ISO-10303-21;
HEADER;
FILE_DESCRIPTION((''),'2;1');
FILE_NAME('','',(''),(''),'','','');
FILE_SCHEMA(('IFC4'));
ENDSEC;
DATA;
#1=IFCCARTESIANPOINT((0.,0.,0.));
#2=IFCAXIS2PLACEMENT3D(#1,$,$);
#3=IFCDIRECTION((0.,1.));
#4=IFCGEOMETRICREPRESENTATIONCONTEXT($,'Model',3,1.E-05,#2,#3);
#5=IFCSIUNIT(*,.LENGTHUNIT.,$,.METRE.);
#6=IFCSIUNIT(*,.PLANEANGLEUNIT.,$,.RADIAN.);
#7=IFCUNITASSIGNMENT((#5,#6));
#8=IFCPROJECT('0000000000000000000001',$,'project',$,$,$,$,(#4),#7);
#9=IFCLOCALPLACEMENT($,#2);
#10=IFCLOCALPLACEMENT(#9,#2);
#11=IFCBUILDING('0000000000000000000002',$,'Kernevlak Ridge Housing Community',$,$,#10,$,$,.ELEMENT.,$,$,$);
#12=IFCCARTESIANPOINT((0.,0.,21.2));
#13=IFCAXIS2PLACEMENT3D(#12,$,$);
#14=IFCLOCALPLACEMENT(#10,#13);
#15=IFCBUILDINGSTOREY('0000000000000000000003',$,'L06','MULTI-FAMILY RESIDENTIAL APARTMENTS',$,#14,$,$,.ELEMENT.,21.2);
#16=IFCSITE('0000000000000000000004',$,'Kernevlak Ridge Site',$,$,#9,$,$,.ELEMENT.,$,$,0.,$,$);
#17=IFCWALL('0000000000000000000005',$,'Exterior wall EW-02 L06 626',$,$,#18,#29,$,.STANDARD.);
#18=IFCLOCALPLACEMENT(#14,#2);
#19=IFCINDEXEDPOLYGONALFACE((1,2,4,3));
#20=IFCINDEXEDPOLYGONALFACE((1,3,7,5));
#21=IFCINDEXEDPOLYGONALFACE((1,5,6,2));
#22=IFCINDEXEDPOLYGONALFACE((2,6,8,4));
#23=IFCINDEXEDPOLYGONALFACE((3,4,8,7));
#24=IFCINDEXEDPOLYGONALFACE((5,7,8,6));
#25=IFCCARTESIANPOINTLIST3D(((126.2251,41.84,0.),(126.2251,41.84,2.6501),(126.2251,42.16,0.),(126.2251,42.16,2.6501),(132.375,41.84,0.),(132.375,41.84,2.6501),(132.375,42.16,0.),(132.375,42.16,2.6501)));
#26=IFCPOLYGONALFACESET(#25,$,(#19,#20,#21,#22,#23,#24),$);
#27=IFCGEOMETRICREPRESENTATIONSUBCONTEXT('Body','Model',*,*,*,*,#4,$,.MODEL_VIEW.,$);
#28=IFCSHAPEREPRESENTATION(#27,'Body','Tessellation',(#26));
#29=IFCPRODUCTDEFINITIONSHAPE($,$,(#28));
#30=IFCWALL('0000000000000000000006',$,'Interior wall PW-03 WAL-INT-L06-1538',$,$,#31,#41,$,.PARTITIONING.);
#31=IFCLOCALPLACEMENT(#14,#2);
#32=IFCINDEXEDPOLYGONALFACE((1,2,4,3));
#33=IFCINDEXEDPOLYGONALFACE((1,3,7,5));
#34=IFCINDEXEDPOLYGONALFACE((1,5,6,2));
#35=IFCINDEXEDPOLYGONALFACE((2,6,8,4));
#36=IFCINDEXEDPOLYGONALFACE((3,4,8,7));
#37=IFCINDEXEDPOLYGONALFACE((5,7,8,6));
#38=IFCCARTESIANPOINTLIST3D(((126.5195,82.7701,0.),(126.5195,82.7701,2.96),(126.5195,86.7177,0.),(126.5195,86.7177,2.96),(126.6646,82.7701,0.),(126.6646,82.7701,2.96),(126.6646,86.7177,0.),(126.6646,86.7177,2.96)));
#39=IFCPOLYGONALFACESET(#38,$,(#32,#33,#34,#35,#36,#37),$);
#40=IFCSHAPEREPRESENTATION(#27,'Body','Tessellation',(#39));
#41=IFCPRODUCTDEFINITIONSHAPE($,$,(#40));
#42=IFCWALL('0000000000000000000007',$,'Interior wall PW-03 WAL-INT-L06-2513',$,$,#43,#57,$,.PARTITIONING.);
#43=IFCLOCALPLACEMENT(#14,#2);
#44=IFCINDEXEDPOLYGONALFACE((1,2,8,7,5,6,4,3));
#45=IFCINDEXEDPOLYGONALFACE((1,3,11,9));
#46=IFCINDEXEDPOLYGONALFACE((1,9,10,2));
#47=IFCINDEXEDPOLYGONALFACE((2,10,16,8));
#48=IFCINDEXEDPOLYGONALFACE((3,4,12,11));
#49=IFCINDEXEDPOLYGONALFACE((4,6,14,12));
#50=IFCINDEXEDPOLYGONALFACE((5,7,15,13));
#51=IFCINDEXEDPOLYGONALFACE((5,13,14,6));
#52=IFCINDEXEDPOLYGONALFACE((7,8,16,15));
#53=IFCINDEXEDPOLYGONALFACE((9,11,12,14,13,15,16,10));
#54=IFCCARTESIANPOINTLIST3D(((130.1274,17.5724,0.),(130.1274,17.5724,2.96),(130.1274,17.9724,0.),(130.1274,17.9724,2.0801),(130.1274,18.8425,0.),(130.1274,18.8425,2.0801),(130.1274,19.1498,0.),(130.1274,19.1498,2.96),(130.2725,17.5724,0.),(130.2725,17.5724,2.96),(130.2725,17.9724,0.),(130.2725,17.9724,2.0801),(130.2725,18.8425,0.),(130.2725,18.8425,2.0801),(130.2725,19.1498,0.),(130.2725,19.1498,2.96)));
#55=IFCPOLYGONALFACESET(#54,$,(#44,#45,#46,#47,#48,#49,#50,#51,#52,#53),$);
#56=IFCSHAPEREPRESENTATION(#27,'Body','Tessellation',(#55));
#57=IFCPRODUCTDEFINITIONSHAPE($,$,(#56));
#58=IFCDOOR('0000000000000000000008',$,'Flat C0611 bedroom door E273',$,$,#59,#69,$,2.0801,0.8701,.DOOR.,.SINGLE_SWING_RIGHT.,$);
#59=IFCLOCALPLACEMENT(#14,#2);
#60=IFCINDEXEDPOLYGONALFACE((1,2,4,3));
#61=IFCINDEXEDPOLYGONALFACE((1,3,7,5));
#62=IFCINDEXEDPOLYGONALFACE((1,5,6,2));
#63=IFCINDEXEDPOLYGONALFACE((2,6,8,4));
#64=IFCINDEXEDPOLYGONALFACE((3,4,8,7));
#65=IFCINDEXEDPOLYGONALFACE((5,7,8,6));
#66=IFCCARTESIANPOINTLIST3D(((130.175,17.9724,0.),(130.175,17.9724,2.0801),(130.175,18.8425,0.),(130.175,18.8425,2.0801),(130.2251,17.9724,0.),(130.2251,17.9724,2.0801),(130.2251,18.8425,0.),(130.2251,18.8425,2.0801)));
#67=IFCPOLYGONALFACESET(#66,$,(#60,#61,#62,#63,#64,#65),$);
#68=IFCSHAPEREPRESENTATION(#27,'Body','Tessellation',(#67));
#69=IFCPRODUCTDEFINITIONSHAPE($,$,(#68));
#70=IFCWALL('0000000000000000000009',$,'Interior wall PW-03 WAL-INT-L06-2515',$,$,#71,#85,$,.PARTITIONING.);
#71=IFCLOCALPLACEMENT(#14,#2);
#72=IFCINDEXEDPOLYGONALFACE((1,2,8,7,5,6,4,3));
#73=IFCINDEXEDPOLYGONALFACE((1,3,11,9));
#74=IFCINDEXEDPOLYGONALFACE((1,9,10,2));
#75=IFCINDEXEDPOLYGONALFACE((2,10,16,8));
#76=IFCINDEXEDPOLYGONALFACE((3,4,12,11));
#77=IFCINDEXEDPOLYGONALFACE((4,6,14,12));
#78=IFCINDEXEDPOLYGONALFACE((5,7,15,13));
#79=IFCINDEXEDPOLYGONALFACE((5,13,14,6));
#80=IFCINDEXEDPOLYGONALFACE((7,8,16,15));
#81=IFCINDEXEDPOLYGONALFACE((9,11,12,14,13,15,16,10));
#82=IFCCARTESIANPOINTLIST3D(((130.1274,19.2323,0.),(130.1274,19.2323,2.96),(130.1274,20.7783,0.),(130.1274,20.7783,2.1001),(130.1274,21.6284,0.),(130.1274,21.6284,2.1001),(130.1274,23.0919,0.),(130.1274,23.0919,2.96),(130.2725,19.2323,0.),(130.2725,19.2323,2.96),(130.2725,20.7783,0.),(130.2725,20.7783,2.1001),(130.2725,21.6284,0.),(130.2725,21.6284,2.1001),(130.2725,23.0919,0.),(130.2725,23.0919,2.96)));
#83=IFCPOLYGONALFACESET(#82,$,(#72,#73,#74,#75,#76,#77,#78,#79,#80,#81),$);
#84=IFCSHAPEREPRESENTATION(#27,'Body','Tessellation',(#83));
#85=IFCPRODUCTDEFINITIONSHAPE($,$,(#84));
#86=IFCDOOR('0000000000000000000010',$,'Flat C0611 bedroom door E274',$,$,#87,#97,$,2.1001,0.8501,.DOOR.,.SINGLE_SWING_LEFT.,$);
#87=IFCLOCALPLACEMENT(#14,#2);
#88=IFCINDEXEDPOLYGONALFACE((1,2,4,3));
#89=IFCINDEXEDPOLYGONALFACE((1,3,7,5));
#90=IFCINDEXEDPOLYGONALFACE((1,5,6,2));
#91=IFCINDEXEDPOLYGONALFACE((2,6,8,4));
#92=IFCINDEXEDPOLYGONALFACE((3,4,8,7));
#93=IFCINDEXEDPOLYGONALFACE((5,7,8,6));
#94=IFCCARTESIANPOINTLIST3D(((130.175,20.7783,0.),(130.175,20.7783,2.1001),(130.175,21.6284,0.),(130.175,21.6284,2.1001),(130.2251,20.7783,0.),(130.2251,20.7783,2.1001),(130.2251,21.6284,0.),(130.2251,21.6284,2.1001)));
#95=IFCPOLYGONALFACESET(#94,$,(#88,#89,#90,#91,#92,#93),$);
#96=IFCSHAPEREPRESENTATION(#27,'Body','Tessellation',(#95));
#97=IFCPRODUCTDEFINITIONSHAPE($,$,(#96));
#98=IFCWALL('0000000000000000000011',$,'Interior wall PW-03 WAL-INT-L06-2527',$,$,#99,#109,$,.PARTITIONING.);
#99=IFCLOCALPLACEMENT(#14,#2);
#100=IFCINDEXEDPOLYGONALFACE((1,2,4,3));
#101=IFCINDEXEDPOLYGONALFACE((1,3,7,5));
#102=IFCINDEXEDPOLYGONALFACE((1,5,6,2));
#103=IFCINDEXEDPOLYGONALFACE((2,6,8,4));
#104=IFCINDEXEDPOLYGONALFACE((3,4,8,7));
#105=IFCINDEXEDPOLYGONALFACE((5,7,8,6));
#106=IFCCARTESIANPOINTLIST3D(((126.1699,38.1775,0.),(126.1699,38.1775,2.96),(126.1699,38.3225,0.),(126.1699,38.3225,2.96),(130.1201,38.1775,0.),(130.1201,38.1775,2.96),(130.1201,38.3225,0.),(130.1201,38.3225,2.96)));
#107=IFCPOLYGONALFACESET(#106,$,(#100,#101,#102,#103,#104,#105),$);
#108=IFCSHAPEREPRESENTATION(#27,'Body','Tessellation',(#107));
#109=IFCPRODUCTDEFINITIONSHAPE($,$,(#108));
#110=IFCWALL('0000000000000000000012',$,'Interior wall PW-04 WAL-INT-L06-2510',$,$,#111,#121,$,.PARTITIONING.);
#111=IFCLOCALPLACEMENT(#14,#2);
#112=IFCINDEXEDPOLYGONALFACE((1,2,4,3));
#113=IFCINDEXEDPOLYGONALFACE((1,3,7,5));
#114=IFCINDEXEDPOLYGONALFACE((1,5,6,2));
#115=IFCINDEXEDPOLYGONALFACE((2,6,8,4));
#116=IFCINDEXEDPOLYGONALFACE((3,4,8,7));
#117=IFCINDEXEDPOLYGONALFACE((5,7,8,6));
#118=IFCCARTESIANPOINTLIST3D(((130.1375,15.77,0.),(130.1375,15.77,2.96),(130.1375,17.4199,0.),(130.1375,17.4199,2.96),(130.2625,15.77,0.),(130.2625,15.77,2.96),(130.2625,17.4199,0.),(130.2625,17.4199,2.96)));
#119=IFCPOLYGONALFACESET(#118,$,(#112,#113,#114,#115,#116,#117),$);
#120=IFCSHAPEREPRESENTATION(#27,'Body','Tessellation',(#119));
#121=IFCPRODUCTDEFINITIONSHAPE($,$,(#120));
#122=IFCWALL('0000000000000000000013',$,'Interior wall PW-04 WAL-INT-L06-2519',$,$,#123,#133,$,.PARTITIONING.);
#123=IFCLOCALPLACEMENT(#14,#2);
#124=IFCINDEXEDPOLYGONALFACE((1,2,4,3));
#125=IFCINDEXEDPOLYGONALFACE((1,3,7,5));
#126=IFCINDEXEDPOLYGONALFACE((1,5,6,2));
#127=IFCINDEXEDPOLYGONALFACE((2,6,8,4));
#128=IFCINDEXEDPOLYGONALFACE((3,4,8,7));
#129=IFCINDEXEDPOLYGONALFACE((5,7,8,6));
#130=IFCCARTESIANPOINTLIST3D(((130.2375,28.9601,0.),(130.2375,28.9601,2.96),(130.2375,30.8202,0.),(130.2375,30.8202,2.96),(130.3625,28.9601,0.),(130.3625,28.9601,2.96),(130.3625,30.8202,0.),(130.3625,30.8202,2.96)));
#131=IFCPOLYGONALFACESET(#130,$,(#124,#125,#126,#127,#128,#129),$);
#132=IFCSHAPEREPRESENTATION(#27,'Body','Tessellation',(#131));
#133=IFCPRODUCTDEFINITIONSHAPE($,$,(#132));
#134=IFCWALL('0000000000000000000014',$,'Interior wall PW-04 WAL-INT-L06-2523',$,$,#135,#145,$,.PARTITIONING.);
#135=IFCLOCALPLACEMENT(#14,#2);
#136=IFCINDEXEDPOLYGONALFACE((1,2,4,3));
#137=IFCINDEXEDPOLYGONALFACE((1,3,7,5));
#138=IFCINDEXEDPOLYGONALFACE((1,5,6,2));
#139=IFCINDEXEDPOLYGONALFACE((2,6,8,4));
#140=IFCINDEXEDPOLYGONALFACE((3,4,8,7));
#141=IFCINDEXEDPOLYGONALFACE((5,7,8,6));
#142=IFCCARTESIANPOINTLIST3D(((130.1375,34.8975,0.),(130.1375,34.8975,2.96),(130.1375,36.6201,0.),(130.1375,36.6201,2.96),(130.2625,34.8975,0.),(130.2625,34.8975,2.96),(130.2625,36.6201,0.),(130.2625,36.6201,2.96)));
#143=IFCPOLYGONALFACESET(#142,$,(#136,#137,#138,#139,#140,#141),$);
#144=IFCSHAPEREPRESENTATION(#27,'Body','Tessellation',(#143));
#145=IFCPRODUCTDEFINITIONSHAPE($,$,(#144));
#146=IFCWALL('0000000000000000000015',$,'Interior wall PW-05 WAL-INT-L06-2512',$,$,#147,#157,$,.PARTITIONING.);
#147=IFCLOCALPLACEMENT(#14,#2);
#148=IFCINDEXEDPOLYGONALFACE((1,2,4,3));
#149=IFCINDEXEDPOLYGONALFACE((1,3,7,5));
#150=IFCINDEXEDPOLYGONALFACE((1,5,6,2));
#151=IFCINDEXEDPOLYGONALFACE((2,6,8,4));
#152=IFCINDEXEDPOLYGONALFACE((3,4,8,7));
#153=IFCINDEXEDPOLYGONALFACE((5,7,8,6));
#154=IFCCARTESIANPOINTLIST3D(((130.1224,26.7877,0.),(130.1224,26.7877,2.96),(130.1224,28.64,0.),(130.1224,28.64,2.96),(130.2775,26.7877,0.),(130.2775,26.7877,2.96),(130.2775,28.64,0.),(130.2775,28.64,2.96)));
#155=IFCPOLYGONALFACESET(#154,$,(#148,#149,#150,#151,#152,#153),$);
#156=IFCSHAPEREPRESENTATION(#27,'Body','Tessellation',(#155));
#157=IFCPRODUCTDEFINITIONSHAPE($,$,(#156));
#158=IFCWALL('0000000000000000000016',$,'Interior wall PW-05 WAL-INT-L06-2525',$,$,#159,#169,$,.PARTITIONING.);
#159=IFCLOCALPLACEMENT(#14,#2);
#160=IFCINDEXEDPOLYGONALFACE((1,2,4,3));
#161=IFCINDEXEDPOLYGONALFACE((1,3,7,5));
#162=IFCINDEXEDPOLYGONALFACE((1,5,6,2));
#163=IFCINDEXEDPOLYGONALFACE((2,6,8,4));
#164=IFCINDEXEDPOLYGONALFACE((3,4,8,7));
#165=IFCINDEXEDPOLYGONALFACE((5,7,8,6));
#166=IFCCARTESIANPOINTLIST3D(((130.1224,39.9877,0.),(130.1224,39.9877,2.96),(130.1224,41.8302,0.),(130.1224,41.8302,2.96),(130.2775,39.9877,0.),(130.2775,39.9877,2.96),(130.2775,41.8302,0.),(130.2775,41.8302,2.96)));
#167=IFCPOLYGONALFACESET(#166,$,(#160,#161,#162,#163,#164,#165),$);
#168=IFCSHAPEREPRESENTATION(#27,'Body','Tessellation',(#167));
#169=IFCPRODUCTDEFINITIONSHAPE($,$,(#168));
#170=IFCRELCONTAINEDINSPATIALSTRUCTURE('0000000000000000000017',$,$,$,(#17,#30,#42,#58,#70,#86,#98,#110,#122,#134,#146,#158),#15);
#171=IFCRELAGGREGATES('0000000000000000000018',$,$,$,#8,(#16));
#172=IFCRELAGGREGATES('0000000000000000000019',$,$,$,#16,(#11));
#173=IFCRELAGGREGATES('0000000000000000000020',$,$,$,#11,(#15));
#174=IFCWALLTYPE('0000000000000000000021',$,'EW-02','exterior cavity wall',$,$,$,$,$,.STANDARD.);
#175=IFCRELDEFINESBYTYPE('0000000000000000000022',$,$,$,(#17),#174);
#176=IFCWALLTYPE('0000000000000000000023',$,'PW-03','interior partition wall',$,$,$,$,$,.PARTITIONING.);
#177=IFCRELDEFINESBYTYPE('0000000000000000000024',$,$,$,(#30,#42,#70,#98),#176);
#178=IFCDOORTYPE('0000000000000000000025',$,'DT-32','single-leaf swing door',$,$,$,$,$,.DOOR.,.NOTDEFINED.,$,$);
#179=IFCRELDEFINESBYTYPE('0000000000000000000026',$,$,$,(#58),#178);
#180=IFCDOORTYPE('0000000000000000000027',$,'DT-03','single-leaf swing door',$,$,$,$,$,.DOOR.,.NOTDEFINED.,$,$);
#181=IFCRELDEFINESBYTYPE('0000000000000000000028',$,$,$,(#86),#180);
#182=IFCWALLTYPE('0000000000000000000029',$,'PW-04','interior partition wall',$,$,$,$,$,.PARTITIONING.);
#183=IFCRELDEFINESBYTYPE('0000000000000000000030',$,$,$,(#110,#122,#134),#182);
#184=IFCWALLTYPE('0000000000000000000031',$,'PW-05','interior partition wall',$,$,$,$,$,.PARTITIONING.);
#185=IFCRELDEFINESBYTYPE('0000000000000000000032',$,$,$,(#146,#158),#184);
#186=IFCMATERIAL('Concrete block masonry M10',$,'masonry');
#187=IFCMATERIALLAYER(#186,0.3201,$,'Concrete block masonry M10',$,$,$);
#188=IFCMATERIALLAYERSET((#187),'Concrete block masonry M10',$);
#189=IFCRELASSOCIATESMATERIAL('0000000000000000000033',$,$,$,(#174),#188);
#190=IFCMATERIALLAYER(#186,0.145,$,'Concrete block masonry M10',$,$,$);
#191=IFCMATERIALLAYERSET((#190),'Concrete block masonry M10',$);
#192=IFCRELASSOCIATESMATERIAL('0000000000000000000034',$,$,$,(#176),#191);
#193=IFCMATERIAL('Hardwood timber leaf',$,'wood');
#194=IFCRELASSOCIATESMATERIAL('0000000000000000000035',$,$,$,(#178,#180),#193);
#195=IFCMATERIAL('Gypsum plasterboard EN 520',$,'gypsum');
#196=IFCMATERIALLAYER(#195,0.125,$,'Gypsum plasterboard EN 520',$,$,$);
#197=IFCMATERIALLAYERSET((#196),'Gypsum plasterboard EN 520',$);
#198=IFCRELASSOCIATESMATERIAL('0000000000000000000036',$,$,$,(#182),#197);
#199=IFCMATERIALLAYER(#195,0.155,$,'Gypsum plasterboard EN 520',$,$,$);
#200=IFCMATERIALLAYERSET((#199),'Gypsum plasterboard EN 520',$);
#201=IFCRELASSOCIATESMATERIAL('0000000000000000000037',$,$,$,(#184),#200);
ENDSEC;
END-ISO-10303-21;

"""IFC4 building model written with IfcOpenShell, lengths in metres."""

from ifc_helpers import new_model, si_unit, direction, frame, frame_2d, origin, place, context, subcontext, project, spatial, rectangle, extrude, material, layer, layer_set, type_object, element, fill, save


model = new_model("IFC4")

# Units and contexts
model_context = context("Model", 3, precision=1e-05, world=origin(), true_north=direction((0.0, 1.0)))
body_context = subcontext(model_context, "Body", "Model", "MODEL_VIEW")
ifc_project = project(units=[si_unit("LENGTHUNIT", "METRE"), si_unit("PLANEANGLEUNIT", "RADIAN")], contexts=[model_context])

# Site, building, storey
site_placement = place(None, origin())
site = spatial("IfcSite", under=ifc_project, at=site_placement, Name="Kernevlak Ridge Site", CompositionType="ELEMENT", RefElevation=0.0)
building_placement = place(site_placement, origin())
building = spatial("IfcBuilding", under=site, at=building_placement, Name="Kernevlak Ridge Housing Community", CompositionType="ELEMENT")
storey_placement = place(building_placement, frame((0.0, 0.0, 21.2)))
storey = spatial("IfcBuildingStorey", under=building, at=storey_placement, Name="L06", Description="MULTI-FAMILY RESIDENTIAL APARTMENTS", CompositionType="ELEMENT", Elevation=21.2)

# Shared definitions
ifc_material_1 = material(Name="Concrete block masonry M10", Category="masonry")
ifc_layer_1 = layer(ifc_material_1, 0.3201, Name="Concrete block masonry M10")
ifc_layer_set_1 = layer_set([ifc_layer_1], Name="Concrete block masonry M10")
wall_type_1 = type_object("IfcWallType", Name="EW-02", Description="exterior cavity wall", PredefinedType="STANDARD", material=ifc_layer_set_1)

# Walls
for number, where, z_axis, x_axis, name in (
    (1, (126.2251, 42.0, 0.0), (0.0, 0.0, 1.0), (1.0, 0.0, 0.0), "Exterior wall EW-02 L06 626"),
):
    element("IfcWall", number, at=place(storey_placement, frame(where, z_axis=z_axis, x_axis=x_axis)), inside=storey, type_object=wall_type_1, Name=name, PredefinedType="STANDARD", context=body_context, shape_type="SweptSolid", body=[
        extrude(rectangle(XDim=6.1499, YDim=0.3201, at=frame_2d((3.075, 0.0))), origin(), (0.0, 0.0, 1.0), 2.6501),
    ])
ifc_layer_2 = layer(ifc_material_1, 0.145, Name="Concrete block masonry M10")
ifc_layer_set_2 = layer_set([ifc_layer_2], Name="Concrete block masonry M10")
wall_type_2 = type_object("IfcWallType", Name="PW-03", Description="interior partition wall", PredefinedType="PARTITIONING", material=ifc_layer_set_2)
wall_1_placement = place(storey_placement, frame((126.592, 86.7175, 0.0), z_axis=(0.0, 0.0, 1.0), x_axis=(0.0, -1.0, 0.0)))
element("IfcWall", 2, at=wall_1_placement, inside=storey, type_object=wall_type_2, Name="Interior wall PW-03 WAL-INT-L06-1538", PredefinedType="PARTITIONING", context=body_context, shape_type="SweptSolid", body=[
    extrude(rectangle(XDim=3.9475, YDim=0.145, at=frame_2d((1.9736, 0.0))), origin(), (0.0, 0.0, 1.0), 2.96),
])

# Wall, opening, door
wall_2_placement = place(storey_placement, frame((130.2, 17.5725, 0.0), z_axis=(0.0, 0.0, 1.0), x_axis=(0.0, 1.0, 0.0)))
wall_2 = element("IfcWall", 3, at=wall_2_placement, inside=storey, type_object=wall_type_2, Name="Interior wall PW-03 WAL-INT-L06-2513", PredefinedType="PARTITIONING", context=body_context, shape_type="SweptSolid", body=[
    extrude(rectangle(XDim=1.5774, YDim=0.145, at=frame_2d((0.7886, 0.0))), origin(), (0.0, 0.0, 1.0), 2.96),
])
opening_1_placement = place(wall_2_placement, frame((0.3999, 0.0, 0.0)))
opening_1 = element("IfcOpeningElement", 4, at=opening_1_placement, cuts=wall_2, PredefinedType="OPENING", context=body_context, shape_type="SweptSolid", body=[
    extrude(rectangle(XDim=0.8701, YDim=2.0801, at=frame_2d((0.4351, 1.04))), frame((0.0, 0.0825, 0.0), z_axis=(0.0, -1.0, 0.0), x_axis=(1.0, 0.0, 0.0)), (0.0, 0.0, 1.0), 0.165),
])
ifc_material_2 = material(Name="Hardwood timber leaf", Category="wood")
door_type_1 = type_object("IfcDoorType", Name="DT-32", Description="single-leaf swing door", OperationType="NOTDEFINED", PredefinedType="DOOR", material=ifc_material_2)
door_1_placement = place(opening_1_placement, origin())
door_1 = element("IfcDoor", 5, at=door_1_placement, inside=storey, type_object=door_type_1, Name="Flat C0611 bedroom door E273", OperationType="SINGLE_SWING_RIGHT", OverallHeight=2.0801, OverallWidth=0.8701, PredefinedType="DOOR", context=body_context, shape_type="SweptSolid", body=[
    extrude(rectangle(XDim=0.8701, YDim=2.0801, at=frame_2d((0.4351, 1.04))), frame((0.0, 0.0249, 0.0), z_axis=(0.0, -1.0, 0.0), x_axis=(1.0, 0.0, 0.0)), (0.0, 0.0, 1.0), 0.05),
])
fill(opening_1, door_1)

# Wall, opening, door
wall_3_placement = place(storey_placement, frame((130.2, 19.2324, 0.0), z_axis=(0.0, 0.0, 1.0), x_axis=(0.0, 1.0, 0.0)))
wall_3 = element("IfcWall", 6, at=wall_3_placement, inside=storey, type_object=wall_type_2, Name="Interior wall PW-03 WAL-INT-L06-2515", PredefinedType="PARTITIONING", context=body_context, shape_type="SweptSolid", body=[
    extrude(rectangle(XDim=3.8596, YDim=0.145, at=frame_2d((1.9297, 0.0))), origin(), (0.0, 0.0, 1.0), 2.96),
])
opening_2_placement = place(wall_3_placement, frame((1.5459, 0.0, 0.0)))
opening_2 = element("IfcOpeningElement", 7, at=opening_2_placement, cuts=wall_3, PredefinedType="OPENING", context=body_context, shape_type="SweptSolid", body=[
    extrude(rectangle(XDim=0.8501, YDim=2.1001, at=frame_2d((0.425, 1.05))), frame((0.0, 0.0825, 0.0), z_axis=(0.0, -1.0, 0.0), x_axis=(1.0, 0.0, 0.0)), (0.0, 0.0, 1.0), 0.165),
])
door_type_2 = type_object("IfcDoorType", Name="DT-03", Description="single-leaf swing door", OperationType="NOTDEFINED", PredefinedType="DOOR", material=ifc_material_2)
door_2_placement = place(opening_2_placement, origin())
door_2 = element("IfcDoor", 8, at=door_2_placement, inside=storey, type_object=door_type_2, Name="Flat C0611 bedroom door E274", OperationType="SINGLE_SWING_LEFT", OverallHeight=2.1001, OverallWidth=0.8501, PredefinedType="DOOR", context=body_context, shape_type="SweptSolid", body=[
    extrude(rectangle(XDim=0.8501, YDim=2.1001, at=frame_2d((0.425, 1.05))), frame((0.0, 0.0249, 0.0), z_axis=(0.0, -1.0, 0.0), x_axis=(1.0, 0.0, 0.0)), (0.0, 0.0, 1.0), 0.05),
])
fill(opening_2, door_2)

# Walls
wall_4_placement = place(storey_placement, frame((130.1201, 38.25, 0.0), z_axis=(0.0, 0.0, 1.0), x_axis=(-1.0, 0.0, 0.0)))
element("IfcWall", 9, at=wall_4_placement, inside=storey, type_object=wall_type_2, Name="Interior wall PW-03 WAL-INT-L06-2527", PredefinedType="PARTITIONING", context=body_context, shape_type="SweptSolid", body=[
    extrude(rectangle(XDim=3.9502, YDim=0.145, at=frame_2d((1.9751, 0.0))), origin(), (0.0, 0.0, 1.0), 2.96),
])
ifc_material_3 = material(Name="Gypsum plasterboard EN 520", Category="gypsum")
ifc_layer_3 = layer(ifc_material_3, 0.125, Name="Gypsum plasterboard EN 520")
ifc_layer_set_3 = layer_set([ifc_layer_3], Name="Gypsum plasterboard EN 520")
wall_type_3 = type_object("IfcWallType", Name="PW-04", Description="interior partition wall", PredefinedType="PARTITIONING", material=ifc_layer_set_3)
wall_5_placement = place(storey_placement, frame((130.2, 15.77, 0.0), z_axis=(0.0, 0.0, 1.0), x_axis=(0.0, 1.0, 0.0)))
element("IfcWall", 10, at=wall_5_placement, inside=storey, type_object=wall_type_3, Name="Interior wall PW-04 WAL-INT-L06-2510", PredefinedType="PARTITIONING", context=body_context, shape_type="SweptSolid", body=[
    extrude(rectangle(XDim=1.6499, YDim=0.125, at=frame_2d((0.825, 0.0))), origin(), (0.0, 0.0, 1.0), 2.96),
])
wall_6_placement = place(storey_placement, frame((130.3, 28.96, 0.0), z_axis=(0.0, 0.0, 1.0), x_axis=(0.0, 1.0, 0.0)))
element("IfcWall", 11, at=wall_6_placement, inside=storey, type_object=wall_type_3, Name="Interior wall PW-04 WAL-INT-L06-2519", PredefinedType="PARTITIONING", context=body_context, shape_type="SweptSolid", body=[
    extrude(rectangle(XDim=1.8601, YDim=0.125, at=frame_2d((0.9302, 0.0))), origin(), (0.0, 0.0, 1.0), 2.96),
])
wall_7_placement = place(storey_placement, frame((130.2, 34.8975, 0.0), z_axis=(0.0, 0.0, 1.0), x_axis=(0.0, 1.0, 0.0)))
element("IfcWall", 12, at=wall_7_placement, inside=storey, type_object=wall_type_3, Name="Interior wall PW-04 WAL-INT-L06-2523", PredefinedType="PARTITIONING", context=body_context, shape_type="SweptSolid", body=[
    extrude(rectangle(XDim=1.7227, YDim=0.125, at=frame_2d((0.8613, 0.0))), origin(), (0.0, 0.0, 1.0), 2.96),
])
ifc_layer_4 = layer(ifc_material_3, 0.155, Name="Gypsum plasterboard EN 520")
ifc_layer_set_4 = layer_set([ifc_layer_4], Name="Gypsum plasterboard EN 520")
wall_type_4 = type_object("IfcWallType", Name="PW-05", Description="interior partition wall", PredefinedType="PARTITIONING", material=ifc_layer_set_4)
wall_8_placement = place(storey_placement, frame((130.2, 26.7876, 0.0), z_axis=(0.0, 0.0, 1.0), x_axis=(0.0, 1.0, 0.0)))
element("IfcWall", 13, at=wall_8_placement, inside=storey, type_object=wall_type_4, Name="Interior wall PW-05 WAL-INT-L06-2512", PredefinedType="PARTITIONING", context=body_context, shape_type="SweptSolid", body=[
    extrude(rectangle(XDim=1.8523, YDim=0.155, at=frame_2d((0.9263, 0.0))), origin(), (0.0, 0.0, 1.0), 2.96),
])
wall_9_placement = place(storey_placement, frame((130.2, 39.9875, 0.0), z_axis=(0.0, 0.0, 1.0), x_axis=(0.0, 1.0, 0.0)))
element("IfcWall", 14, at=wall_9_placement, inside=storey, type_object=wall_type_4, Name="Interior wall PW-05 WAL-INT-L06-2525", PredefinedType="PARTITIONING", context=body_context, shape_type="SweptSolid", body=[
    extrude(rectangle(XDim=1.8425, YDim=0.155, at=frame_2d((0.9214, 0.0))), origin(), (0.0, 0.0, 1.0), 2.96),
])

save(model, "model.ifc")
